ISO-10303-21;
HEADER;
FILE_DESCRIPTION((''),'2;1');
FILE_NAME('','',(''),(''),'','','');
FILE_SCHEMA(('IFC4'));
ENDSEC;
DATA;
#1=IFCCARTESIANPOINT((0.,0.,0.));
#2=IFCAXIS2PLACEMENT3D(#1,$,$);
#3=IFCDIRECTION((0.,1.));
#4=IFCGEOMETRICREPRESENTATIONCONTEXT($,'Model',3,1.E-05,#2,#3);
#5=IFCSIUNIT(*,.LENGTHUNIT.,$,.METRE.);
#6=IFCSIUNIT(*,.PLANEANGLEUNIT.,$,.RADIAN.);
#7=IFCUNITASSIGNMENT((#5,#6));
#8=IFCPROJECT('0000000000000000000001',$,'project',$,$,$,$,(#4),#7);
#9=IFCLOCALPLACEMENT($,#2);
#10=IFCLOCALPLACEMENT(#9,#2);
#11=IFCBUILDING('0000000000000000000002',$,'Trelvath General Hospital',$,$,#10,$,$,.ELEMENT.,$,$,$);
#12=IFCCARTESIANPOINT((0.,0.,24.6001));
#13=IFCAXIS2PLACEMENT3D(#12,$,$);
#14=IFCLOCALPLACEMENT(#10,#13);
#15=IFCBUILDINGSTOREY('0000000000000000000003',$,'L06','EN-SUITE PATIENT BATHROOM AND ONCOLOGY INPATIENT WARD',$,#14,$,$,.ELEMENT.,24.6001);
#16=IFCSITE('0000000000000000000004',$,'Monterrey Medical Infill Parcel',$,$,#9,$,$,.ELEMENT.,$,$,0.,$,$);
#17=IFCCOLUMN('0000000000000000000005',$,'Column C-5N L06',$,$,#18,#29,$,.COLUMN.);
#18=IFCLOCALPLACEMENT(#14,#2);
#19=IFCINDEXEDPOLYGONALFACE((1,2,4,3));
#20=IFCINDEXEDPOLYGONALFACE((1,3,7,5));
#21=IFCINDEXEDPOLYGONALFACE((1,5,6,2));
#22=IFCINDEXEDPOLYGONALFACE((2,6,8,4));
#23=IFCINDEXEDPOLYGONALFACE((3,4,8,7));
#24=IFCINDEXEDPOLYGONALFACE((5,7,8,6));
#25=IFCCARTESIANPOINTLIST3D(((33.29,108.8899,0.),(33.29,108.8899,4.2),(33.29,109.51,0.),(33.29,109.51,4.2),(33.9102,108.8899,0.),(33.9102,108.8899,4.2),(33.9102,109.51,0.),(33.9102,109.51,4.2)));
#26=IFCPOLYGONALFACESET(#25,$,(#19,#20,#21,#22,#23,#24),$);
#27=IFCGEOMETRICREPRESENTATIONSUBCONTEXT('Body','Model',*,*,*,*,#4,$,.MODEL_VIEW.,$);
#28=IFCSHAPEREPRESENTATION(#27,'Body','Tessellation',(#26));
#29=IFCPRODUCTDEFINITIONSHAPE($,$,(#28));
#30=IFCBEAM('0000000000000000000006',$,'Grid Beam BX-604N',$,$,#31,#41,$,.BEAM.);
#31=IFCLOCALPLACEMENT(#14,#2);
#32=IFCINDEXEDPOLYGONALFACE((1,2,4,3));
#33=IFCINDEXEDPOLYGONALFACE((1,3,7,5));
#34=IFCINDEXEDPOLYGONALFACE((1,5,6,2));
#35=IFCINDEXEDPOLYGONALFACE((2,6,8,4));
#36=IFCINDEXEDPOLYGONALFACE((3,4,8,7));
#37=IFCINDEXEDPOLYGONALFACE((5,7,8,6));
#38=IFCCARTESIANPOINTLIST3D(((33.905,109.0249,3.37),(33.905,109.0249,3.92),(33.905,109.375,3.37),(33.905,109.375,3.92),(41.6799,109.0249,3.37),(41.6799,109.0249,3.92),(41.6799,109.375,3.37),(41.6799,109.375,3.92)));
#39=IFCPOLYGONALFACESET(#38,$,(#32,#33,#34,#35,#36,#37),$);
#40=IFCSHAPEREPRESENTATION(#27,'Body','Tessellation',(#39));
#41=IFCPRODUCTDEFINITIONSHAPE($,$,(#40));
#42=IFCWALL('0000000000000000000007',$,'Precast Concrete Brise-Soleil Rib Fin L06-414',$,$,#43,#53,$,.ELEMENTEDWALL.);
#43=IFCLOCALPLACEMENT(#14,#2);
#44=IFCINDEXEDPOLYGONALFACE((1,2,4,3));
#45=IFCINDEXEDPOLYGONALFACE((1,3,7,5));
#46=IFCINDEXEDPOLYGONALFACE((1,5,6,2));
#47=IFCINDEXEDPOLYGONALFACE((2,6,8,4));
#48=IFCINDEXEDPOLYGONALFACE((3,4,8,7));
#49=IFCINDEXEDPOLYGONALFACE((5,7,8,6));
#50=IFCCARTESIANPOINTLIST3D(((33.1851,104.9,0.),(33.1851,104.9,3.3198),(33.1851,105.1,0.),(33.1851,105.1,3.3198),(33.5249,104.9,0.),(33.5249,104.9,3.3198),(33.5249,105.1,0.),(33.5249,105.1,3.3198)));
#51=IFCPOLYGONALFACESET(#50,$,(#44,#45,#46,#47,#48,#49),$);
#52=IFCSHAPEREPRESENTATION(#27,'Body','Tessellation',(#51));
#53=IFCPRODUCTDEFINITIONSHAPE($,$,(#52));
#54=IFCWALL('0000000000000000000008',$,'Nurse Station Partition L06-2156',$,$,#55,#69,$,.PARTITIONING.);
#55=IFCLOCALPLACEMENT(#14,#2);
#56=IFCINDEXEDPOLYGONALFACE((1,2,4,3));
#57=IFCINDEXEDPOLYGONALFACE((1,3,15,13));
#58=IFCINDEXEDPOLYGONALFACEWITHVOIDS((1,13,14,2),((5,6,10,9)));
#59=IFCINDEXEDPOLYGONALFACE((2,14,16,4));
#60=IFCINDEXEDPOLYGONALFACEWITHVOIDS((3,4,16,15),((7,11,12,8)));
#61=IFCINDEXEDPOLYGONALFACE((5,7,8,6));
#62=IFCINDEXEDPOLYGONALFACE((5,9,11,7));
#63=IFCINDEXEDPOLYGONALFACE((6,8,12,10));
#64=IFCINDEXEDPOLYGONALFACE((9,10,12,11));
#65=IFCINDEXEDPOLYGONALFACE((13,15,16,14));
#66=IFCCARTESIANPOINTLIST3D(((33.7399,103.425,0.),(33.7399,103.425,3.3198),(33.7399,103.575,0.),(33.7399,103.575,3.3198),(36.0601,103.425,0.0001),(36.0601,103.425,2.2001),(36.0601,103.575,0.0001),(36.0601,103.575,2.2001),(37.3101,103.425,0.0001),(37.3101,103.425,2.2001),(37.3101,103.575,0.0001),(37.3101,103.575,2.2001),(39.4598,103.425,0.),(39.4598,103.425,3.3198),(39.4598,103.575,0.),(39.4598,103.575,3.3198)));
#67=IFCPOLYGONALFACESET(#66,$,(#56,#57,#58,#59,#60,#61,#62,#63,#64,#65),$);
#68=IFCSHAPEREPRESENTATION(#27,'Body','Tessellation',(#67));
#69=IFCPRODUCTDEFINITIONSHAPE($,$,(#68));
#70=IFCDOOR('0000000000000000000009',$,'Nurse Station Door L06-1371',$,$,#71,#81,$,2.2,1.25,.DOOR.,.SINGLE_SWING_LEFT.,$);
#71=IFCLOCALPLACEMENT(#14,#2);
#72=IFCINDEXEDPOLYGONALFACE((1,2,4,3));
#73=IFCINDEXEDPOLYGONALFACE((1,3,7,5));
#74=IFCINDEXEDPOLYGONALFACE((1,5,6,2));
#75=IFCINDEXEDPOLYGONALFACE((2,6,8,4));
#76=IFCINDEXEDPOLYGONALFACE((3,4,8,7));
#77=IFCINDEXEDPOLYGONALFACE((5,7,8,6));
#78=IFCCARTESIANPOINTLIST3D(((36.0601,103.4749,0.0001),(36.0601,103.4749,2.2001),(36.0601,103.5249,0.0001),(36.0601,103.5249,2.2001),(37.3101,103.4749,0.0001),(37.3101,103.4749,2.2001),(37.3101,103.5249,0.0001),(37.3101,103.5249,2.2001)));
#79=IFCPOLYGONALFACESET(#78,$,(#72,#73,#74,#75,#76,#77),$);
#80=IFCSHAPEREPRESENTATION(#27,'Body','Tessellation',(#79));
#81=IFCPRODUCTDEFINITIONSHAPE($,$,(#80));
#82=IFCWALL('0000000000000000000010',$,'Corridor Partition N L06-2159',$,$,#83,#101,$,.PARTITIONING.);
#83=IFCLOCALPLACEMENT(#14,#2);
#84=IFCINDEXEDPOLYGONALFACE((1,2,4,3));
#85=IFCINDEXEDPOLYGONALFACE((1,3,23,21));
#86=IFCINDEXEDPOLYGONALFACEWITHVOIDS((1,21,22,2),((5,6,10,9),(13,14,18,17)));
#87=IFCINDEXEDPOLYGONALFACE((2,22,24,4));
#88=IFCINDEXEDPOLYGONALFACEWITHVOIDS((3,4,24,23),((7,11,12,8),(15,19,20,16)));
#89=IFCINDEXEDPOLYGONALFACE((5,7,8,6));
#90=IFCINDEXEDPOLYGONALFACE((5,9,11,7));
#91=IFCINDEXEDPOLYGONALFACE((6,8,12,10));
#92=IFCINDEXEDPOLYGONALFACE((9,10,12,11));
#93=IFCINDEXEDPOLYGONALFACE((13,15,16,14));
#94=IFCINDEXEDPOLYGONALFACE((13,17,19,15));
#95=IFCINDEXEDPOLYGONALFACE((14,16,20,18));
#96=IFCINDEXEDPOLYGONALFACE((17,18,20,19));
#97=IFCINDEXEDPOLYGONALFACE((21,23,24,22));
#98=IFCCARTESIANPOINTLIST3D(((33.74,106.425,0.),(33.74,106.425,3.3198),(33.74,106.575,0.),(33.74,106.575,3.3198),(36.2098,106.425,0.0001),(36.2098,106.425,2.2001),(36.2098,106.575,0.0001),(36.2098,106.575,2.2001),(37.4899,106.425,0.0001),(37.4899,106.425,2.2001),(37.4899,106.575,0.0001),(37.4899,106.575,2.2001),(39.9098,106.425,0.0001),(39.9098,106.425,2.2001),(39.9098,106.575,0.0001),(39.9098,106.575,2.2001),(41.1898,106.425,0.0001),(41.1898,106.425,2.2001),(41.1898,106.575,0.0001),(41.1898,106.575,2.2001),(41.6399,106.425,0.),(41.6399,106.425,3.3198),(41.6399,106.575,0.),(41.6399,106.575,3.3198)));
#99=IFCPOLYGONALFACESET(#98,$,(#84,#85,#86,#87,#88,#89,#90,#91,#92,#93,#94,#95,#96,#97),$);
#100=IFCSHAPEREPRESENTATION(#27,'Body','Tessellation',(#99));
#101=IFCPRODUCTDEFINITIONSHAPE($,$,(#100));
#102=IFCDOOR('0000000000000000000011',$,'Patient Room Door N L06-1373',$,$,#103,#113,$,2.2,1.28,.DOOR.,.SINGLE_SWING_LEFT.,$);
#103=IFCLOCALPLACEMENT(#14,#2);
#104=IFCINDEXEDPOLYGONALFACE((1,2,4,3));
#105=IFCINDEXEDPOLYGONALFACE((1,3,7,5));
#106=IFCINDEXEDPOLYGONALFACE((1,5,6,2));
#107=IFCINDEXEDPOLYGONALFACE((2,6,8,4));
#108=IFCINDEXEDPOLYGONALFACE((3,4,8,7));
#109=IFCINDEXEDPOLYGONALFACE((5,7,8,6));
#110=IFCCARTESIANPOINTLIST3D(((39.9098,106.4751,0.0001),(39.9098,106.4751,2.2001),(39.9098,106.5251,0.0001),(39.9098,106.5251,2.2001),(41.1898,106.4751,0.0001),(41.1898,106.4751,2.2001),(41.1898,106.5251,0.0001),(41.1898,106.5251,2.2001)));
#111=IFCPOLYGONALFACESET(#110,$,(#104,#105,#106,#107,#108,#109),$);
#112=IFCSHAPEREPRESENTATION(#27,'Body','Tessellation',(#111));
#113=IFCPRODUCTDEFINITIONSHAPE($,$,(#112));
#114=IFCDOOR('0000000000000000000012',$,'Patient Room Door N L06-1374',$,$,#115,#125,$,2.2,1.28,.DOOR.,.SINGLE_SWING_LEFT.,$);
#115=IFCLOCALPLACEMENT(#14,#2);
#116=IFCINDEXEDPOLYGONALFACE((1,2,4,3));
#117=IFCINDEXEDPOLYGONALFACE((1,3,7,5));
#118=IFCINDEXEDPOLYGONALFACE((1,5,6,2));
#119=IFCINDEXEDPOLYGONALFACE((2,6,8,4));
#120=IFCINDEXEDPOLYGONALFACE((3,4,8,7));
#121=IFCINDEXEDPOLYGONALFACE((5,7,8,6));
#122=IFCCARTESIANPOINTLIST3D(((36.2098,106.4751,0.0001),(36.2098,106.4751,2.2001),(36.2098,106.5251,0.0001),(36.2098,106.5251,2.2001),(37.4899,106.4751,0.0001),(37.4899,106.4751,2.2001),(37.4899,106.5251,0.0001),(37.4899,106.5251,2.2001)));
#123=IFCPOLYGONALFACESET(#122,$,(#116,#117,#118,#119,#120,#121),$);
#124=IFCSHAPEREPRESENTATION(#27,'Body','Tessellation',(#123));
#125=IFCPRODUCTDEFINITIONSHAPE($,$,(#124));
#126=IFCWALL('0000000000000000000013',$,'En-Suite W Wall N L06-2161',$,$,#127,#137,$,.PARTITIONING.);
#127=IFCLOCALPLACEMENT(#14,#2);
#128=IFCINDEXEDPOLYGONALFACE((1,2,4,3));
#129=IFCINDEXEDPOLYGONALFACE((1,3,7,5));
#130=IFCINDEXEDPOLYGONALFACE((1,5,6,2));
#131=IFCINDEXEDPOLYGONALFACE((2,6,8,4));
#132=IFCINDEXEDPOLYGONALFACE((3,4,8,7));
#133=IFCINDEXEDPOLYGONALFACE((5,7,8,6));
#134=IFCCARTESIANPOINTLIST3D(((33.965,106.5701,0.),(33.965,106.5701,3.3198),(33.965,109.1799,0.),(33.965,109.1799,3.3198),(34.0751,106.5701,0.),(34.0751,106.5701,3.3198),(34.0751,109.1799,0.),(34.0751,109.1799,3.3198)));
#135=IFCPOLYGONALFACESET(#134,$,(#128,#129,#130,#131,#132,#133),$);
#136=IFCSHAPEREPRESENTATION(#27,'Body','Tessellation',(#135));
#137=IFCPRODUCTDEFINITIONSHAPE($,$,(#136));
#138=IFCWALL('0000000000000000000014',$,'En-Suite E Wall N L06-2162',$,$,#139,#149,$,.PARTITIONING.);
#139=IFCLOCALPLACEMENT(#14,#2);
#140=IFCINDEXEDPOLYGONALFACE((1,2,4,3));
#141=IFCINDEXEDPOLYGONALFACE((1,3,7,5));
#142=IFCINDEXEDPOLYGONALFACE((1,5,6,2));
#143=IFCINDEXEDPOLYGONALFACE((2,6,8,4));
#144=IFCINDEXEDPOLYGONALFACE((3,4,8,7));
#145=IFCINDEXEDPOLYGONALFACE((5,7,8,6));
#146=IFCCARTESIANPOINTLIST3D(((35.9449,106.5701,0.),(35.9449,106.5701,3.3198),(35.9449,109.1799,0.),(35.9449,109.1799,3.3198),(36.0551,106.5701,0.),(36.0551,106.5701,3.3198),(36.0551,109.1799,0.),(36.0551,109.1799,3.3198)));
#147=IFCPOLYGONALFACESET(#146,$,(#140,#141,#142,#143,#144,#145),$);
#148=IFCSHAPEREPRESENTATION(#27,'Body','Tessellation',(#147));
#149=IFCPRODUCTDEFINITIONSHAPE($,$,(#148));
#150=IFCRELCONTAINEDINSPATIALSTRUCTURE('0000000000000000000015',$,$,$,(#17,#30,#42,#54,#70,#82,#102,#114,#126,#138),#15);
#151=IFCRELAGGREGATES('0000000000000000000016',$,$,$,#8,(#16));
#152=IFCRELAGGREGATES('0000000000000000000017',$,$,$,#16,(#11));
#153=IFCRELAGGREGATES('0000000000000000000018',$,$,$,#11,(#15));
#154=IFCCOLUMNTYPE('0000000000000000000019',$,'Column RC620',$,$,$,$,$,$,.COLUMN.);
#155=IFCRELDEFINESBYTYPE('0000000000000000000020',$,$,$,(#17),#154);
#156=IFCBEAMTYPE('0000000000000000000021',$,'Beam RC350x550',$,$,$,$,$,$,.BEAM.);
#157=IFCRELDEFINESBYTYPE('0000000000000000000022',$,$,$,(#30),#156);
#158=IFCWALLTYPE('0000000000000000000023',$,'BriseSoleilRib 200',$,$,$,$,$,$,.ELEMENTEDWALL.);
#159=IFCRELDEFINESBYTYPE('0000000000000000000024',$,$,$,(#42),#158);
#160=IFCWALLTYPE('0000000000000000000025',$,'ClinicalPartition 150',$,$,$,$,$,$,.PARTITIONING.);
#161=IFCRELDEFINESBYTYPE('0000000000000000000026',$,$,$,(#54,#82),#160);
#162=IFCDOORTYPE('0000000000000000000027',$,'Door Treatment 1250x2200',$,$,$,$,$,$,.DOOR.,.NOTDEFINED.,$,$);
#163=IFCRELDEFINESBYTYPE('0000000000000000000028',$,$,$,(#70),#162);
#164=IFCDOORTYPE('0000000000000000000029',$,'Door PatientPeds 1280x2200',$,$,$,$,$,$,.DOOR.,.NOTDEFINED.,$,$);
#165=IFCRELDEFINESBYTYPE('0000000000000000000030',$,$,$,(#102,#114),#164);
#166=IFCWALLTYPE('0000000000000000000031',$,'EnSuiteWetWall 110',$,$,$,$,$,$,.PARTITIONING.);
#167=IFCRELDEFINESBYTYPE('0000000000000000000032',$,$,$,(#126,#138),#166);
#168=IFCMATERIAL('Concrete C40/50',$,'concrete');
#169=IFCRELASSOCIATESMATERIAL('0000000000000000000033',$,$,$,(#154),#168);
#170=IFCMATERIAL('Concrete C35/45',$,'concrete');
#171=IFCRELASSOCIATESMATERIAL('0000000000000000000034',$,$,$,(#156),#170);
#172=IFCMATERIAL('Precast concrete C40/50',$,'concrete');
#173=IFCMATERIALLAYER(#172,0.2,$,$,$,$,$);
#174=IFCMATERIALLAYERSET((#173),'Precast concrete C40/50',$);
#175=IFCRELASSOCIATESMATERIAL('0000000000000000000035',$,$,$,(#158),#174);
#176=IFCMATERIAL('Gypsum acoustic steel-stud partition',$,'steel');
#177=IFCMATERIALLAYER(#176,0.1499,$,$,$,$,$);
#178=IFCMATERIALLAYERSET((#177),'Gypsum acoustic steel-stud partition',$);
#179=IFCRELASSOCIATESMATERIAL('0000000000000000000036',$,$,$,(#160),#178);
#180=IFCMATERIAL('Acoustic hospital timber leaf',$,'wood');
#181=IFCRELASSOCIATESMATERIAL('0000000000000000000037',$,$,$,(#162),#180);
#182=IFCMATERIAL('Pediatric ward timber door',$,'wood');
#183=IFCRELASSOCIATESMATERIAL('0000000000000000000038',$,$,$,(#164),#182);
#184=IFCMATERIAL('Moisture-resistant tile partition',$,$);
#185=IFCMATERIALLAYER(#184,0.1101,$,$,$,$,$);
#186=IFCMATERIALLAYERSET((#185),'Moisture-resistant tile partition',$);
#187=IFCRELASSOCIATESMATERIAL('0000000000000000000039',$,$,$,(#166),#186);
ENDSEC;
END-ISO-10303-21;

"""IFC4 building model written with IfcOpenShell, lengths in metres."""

from ifc_helpers import new_model, si_unit, direction, frame, frame_2d, origin, origin_2d, place, context, subcontext, project, spatial, rectangle, extrude, material, layer, layer_set, material_profile, profile_set, type_object, element, fill, save


model = new_model("IFC4")

# Units and contexts
model_context = context("Model", 3, precision=1e-05, world=origin(), true_north=direction((0.0, 1.0)))
body_context = subcontext(model_context, "Body", "Model", "MODEL_VIEW")
ifc_project = project(units=[si_unit("LENGTHUNIT", "METRE"), si_unit("PLANEANGLEUNIT", "RADIAN")], contexts=[model_context])

# Site, building, storey
site_placement = place(None, origin())
site = spatial("IfcSite", under=ifc_project, at=site_placement, Name="Monterrey Medical Infill Parcel", CompositionType="ELEMENT", RefElevation=0.0)
building_placement = place(site_placement, origin())
building = spatial("IfcBuilding", under=site, at=building_placement, Name="Trelvath General Hospital", CompositionType="ELEMENT")
storey_placement = place(building_placement, frame((0.0, 0.0, 24.6001)))
storey = spatial("IfcBuildingStorey", under=building, at=storey_placement, Name="L06", Description="EN-SUITE PATIENT BATHROOM AND ONCOLOGY INPATIENT WARD", CompositionType="ELEMENT", Elevation=24.6001)

# Column
ifc_material_1 = material(Name="Concrete C40/50", Category="concrete")
ifc_material_profile_1 = material_profile(ifc_material_1, rectangle(XDim=0.6201, YDim=0.6201, at=origin_2d()), Name="RC620x620")
ifc_profile_set_1 = profile_set([ifc_material_profile_1], Name="Concrete C40/50")
column_type = type_object("IfcColumnType", Name="Column RC620", PredefinedType="COLUMN", material=ifc_profile_set_1)
column_placement = place(storey_placement, frame((33.6001, 109.2, 0.0), z_axis=(0.0, 0.0, 1.0), x_axis=(1.0, 0.0, 0.0)))
element("IfcColumn", 1, at=column_placement, inside=storey, type_object=column_type, Name="Column C-5N L06", PredefinedType="COLUMN", context=body_context, shape_type="SweptSolid", body=[
    extrude(rectangle(XDim=0.6201, YDim=0.6201, at=origin_2d()), origin(), (0.0, 0.0, 1.0), 4.2),
])

# Beam
ifc_material_2 = material(Name="Concrete C35/45", Category="concrete")
ifc_material_profile_2 = material_profile(ifc_material_2, rectangle(XDim=0.3501, YDim=0.55, at=origin_2d()), Name="RCB350x550")
ifc_profile_set_2 = profile_set([ifc_material_profile_2], Name="Concrete C35/45")
beam_type = type_object("IfcBeamType", Name="Beam RC350x550", PredefinedType="BEAM", material=ifc_profile_set_2)
beam_placement = place(storey_placement, frame((33.905, 109.2, 3.645), z_axis=(1.0, 0.0, 0.0), x_axis=(0.0, 1.0, 0.0)))
element("IfcBeam", 2, at=beam_placement, inside=storey, type_object=beam_type, Name="Grid Beam BX-604N", PredefinedType="BEAM", context=body_context, shape_type="SweptSolid", body=[
    extrude(rectangle(XDim=0.3501, YDim=0.55, at=origin_2d()), origin(), (0.0, 0.0, 1.0), 7.7749),
])

# Wall
ifc_material_3 = material(Name="Precast concrete C40/50", Category="concrete")
ifc_layer_1 = layer(ifc_material_3, 0.2)
ifc_layer_set_1 = layer_set([ifc_layer_1], Name="Precast concrete C40/50")
wall_type_1 = type_object("IfcWallType", Name="BriseSoleilRib 200", PredefinedType="ELEMENTEDWALL", material=ifc_layer_set_1)
wall_1_placement = place(storey_placement, frame((33.5249, 105.0, 0.0), z_axis=(0.0, 0.0, 1.0), x_axis=(-1.0, 0.0, 0.0)))
element("IfcWall", 3, at=wall_1_placement, inside=storey, type_object=wall_type_1, Name="Precast Concrete Brise-Soleil Rib Fin L06-414", PredefinedType="ELEMENTEDWALL", context=body_context, shape_type="SweptSolid", body=[
    extrude(rectangle(XDim=0.3398, YDim=0.2, at=frame_2d((0.1699, 0.0))), origin(), (0.0, 0.0, 1.0), 3.3198),
])

# Wall, opening, door
ifc_material_4 = material(Name="Gypsum acoustic steel-stud partition", Category="steel")
ifc_layer_2 = layer(ifc_material_4, 0.1499)
ifc_layer_set_2 = layer_set([ifc_layer_2], Name="Gypsum acoustic steel-stud partition")
wall_type_2 = type_object("IfcWallType", Name="ClinicalPartition 150", PredefinedType="PARTITIONING", material=ifc_layer_set_2)
wall_2_placement = place(storey_placement, frame((33.74, 103.5, 0.0), z_axis=(0.0, 0.0, 1.0), x_axis=(1.0, 0.0, 0.0)))
wall_2 = element("IfcWall", 4, at=wall_2_placement, inside=storey, type_object=wall_type_2, Name="Nurse Station Partition L06-2156", PredefinedType="PARTITIONING", context=body_context, shape_type="SweptSolid", body=[
    extrude(rectangle(XDim=5.72, YDim=0.1499, at=frame_2d((2.8599, 0.0))), origin(), (0.0, 0.0, 1.0), 3.3198),
])
opening_1_placement = place(wall_2_placement, frame((2.3201, 0.0, 0.0)))
opening_1 = element("IfcOpeningElement", 5, at=opening_1_placement, cuts=wall_2, PredefinedType="OPENING", context=body_context, shape_type="SweptSolid", body=[
    extrude(rectangle(XDim=1.25, YDim=2.2, at=frame_2d((0.625, 1.1001))), frame((0.0, 0.085, 0.0), z_axis=(0.0, -1.0, 0.0), x_axis=(1.0, 0.0, 0.0)), (0.0, 0.0, 1.0), 0.1699),
])
ifc_material_5 = material(Name="Acoustic hospital timber leaf", Category="wood")
door_type_1 = type_object("IfcDoorType", Name="Door Treatment 1250x2200", OperationType="NOTDEFINED", PredefinedType="DOOR", material=ifc_material_5)
door_1_placement = place(opening_1_placement, origin())
door_1 = element("IfcDoor", 6, at=door_1_placement, inside=storey, type_object=door_type_1, Name="Nurse Station Door L06-1371", OperationType="SINGLE_SWING_LEFT", OverallHeight=2.2, OverallWidth=1.25, PredefinedType="DOOR", context=body_context, shape_type="SweptSolid", body=[
    extrude(rectangle(XDim=1.25, YDim=2.2, at=frame_2d((0.625, 1.1001))), frame((0.0, 0.0249, 0.0), z_axis=(0.0, -1.0, 0.0), x_axis=(1.0, 0.0, 0.0)), (0.0, 0.0, 1.0), 0.05),
])
fill(opening_1, door_1)

# Wall, openings, doors
wall_3_placement = place(storey_placement, frame((41.6399, 106.5, 0.0), z_axis=(0.0, 0.0, 1.0), x_axis=(-1.0, 0.0, 0.0)))
wall_3 = element("IfcWall", 7, at=wall_3_placement, inside=storey, type_object=wall_type_2, Name="Corridor Partition N L06-2159", PredefinedType="PARTITIONING", context=body_context, shape_type="SweptSolid", body=[
    extrude(rectangle(XDim=7.8999, YDim=0.1499, at=frame_2d((3.95, 0.0))), origin(), (0.0, 0.0, 1.0), 3.3198),
])
opening_2_placement = place(wall_3_placement, frame((0.45, 0.0, 0.0)))
opening_2 = element("IfcOpeningElement", 8, at=opening_2_placement, cuts=wall_3, PredefinedType="OPENING", context=body_context, shape_type="SweptSolid", body=[
    extrude(rectangle(XDim=1.28, YDim=2.2, at=frame_2d((0.6401, 1.1001))), frame((0.0, 0.085, 0.0), z_axis=(0.0, -1.0, 0.0), x_axis=(1.0, 0.0, 0.0)), (0.0, 0.0, 1.0), 0.1699),
])
opening_3_placement = place(wall_3_placement, frame((4.1499, 0.0, 0.0)))
opening_3 = element("IfcOpeningElement", 9, at=opening_3_placement, cuts=wall_3, PredefinedType="OPENING", context=body_context, shape_type="SweptSolid", body=[
    extrude(rectangle(XDim=1.28, YDim=2.2, at=frame_2d((0.6401, 1.1001))), frame((0.0, 0.085, 0.0), z_axis=(0.0, -1.0, 0.0), x_axis=(1.0, 0.0, 0.0)), (0.0, 0.0, 1.0), 0.1699),
])
ifc_material_6 = material(Name="Pediatric ward timber door", Category="wood")
door_type_2 = type_object("IfcDoorType", Name="Door PatientPeds 1280x2200", OperationType="NOTDEFINED", PredefinedType="DOOR", material=ifc_material_6)
door_2_placement = place(opening_2_placement, origin())
door_2 = element("IfcDoor", 10, at=door_2_placement, inside=storey, type_object=door_type_2, Name="Patient Room Door N L06-1373", OperationType="SINGLE_SWING_LEFT", OverallHeight=2.2, OverallWidth=1.28, PredefinedType="DOOR", context=body_context, shape_type="SweptSolid", body=[
    extrude(rectangle(XDim=1.28, YDim=2.2, at=frame_2d((0.6401, 1.1001))), frame((0.0, 0.0249, 0.0), z_axis=(0.0, -1.0, 0.0), x_axis=(1.0, 0.0, 0.0)), (0.0, 0.0, 1.0), 0.05),
])
fill(opening_2, door_2)
door_3_placement = place(opening_3_placement, origin())
door_3 = element("IfcDoor", 11, at=door_3_placement, inside=storey, type_object=door_type_2, Name="Patient Room Door N L06-1374", OperationType="SINGLE_SWING_LEFT", OverallHeight=2.2, OverallWidth=1.28, PredefinedType="DOOR", context=body_context, shape_type="SweptSolid", body=[
    extrude(rectangle(XDim=1.28, YDim=2.2, at=frame_2d((0.6401, 1.1001))), frame((0.0, 0.0249, 0.0), z_axis=(0.0, -1.0, 0.0), x_axis=(1.0, 0.0, 0.0)), (0.0, 0.0, 1.0), 0.05),
])
fill(opening_3, door_3)

# Walls
ifc_material_7 = material(Name="Moisture-resistant tile partition")
ifc_layer_3 = layer(ifc_material_7, 0.1101)
ifc_layer_set_3 = layer_set([ifc_layer_3], Name="Moisture-resistant tile partition")
wall_type_3 = type_object("IfcWallType", Name="EnSuiteWetWall 110", PredefinedType="PARTITIONING", material=ifc_layer_set_3)
for number, where, z_axis, x_axis, name in (
    (12, (34.02, 106.5701, 0.0), (0.0, 0.0, 1.0), (0.0, 1.0, 0.0), "En-Suite W Wall N L06-2161"),
    (13, (36.0, 106.5701, 0.0), (0.0, 0.0, 1.0), (0.0, 1.0, 0.0), "En-Suite E Wall N L06-2162"),
):
    element("IfcWall", number, at=place(storey_placement, frame(where, z_axis=z_axis, x_axis=x_axis)), inside=storey, type_object=wall_type_3, Name=name, PredefinedType="PARTITIONING", context=body_context, shape_type="SweptSolid", body=[
        extrude(rectangle(XDim=2.6099, YDim=0.1101, at=frame_2d((1.3049, 0.0))), origin(), (0.0, 0.0, 1.0), 3.3198),
    ])

save(model, "model.ifc")
